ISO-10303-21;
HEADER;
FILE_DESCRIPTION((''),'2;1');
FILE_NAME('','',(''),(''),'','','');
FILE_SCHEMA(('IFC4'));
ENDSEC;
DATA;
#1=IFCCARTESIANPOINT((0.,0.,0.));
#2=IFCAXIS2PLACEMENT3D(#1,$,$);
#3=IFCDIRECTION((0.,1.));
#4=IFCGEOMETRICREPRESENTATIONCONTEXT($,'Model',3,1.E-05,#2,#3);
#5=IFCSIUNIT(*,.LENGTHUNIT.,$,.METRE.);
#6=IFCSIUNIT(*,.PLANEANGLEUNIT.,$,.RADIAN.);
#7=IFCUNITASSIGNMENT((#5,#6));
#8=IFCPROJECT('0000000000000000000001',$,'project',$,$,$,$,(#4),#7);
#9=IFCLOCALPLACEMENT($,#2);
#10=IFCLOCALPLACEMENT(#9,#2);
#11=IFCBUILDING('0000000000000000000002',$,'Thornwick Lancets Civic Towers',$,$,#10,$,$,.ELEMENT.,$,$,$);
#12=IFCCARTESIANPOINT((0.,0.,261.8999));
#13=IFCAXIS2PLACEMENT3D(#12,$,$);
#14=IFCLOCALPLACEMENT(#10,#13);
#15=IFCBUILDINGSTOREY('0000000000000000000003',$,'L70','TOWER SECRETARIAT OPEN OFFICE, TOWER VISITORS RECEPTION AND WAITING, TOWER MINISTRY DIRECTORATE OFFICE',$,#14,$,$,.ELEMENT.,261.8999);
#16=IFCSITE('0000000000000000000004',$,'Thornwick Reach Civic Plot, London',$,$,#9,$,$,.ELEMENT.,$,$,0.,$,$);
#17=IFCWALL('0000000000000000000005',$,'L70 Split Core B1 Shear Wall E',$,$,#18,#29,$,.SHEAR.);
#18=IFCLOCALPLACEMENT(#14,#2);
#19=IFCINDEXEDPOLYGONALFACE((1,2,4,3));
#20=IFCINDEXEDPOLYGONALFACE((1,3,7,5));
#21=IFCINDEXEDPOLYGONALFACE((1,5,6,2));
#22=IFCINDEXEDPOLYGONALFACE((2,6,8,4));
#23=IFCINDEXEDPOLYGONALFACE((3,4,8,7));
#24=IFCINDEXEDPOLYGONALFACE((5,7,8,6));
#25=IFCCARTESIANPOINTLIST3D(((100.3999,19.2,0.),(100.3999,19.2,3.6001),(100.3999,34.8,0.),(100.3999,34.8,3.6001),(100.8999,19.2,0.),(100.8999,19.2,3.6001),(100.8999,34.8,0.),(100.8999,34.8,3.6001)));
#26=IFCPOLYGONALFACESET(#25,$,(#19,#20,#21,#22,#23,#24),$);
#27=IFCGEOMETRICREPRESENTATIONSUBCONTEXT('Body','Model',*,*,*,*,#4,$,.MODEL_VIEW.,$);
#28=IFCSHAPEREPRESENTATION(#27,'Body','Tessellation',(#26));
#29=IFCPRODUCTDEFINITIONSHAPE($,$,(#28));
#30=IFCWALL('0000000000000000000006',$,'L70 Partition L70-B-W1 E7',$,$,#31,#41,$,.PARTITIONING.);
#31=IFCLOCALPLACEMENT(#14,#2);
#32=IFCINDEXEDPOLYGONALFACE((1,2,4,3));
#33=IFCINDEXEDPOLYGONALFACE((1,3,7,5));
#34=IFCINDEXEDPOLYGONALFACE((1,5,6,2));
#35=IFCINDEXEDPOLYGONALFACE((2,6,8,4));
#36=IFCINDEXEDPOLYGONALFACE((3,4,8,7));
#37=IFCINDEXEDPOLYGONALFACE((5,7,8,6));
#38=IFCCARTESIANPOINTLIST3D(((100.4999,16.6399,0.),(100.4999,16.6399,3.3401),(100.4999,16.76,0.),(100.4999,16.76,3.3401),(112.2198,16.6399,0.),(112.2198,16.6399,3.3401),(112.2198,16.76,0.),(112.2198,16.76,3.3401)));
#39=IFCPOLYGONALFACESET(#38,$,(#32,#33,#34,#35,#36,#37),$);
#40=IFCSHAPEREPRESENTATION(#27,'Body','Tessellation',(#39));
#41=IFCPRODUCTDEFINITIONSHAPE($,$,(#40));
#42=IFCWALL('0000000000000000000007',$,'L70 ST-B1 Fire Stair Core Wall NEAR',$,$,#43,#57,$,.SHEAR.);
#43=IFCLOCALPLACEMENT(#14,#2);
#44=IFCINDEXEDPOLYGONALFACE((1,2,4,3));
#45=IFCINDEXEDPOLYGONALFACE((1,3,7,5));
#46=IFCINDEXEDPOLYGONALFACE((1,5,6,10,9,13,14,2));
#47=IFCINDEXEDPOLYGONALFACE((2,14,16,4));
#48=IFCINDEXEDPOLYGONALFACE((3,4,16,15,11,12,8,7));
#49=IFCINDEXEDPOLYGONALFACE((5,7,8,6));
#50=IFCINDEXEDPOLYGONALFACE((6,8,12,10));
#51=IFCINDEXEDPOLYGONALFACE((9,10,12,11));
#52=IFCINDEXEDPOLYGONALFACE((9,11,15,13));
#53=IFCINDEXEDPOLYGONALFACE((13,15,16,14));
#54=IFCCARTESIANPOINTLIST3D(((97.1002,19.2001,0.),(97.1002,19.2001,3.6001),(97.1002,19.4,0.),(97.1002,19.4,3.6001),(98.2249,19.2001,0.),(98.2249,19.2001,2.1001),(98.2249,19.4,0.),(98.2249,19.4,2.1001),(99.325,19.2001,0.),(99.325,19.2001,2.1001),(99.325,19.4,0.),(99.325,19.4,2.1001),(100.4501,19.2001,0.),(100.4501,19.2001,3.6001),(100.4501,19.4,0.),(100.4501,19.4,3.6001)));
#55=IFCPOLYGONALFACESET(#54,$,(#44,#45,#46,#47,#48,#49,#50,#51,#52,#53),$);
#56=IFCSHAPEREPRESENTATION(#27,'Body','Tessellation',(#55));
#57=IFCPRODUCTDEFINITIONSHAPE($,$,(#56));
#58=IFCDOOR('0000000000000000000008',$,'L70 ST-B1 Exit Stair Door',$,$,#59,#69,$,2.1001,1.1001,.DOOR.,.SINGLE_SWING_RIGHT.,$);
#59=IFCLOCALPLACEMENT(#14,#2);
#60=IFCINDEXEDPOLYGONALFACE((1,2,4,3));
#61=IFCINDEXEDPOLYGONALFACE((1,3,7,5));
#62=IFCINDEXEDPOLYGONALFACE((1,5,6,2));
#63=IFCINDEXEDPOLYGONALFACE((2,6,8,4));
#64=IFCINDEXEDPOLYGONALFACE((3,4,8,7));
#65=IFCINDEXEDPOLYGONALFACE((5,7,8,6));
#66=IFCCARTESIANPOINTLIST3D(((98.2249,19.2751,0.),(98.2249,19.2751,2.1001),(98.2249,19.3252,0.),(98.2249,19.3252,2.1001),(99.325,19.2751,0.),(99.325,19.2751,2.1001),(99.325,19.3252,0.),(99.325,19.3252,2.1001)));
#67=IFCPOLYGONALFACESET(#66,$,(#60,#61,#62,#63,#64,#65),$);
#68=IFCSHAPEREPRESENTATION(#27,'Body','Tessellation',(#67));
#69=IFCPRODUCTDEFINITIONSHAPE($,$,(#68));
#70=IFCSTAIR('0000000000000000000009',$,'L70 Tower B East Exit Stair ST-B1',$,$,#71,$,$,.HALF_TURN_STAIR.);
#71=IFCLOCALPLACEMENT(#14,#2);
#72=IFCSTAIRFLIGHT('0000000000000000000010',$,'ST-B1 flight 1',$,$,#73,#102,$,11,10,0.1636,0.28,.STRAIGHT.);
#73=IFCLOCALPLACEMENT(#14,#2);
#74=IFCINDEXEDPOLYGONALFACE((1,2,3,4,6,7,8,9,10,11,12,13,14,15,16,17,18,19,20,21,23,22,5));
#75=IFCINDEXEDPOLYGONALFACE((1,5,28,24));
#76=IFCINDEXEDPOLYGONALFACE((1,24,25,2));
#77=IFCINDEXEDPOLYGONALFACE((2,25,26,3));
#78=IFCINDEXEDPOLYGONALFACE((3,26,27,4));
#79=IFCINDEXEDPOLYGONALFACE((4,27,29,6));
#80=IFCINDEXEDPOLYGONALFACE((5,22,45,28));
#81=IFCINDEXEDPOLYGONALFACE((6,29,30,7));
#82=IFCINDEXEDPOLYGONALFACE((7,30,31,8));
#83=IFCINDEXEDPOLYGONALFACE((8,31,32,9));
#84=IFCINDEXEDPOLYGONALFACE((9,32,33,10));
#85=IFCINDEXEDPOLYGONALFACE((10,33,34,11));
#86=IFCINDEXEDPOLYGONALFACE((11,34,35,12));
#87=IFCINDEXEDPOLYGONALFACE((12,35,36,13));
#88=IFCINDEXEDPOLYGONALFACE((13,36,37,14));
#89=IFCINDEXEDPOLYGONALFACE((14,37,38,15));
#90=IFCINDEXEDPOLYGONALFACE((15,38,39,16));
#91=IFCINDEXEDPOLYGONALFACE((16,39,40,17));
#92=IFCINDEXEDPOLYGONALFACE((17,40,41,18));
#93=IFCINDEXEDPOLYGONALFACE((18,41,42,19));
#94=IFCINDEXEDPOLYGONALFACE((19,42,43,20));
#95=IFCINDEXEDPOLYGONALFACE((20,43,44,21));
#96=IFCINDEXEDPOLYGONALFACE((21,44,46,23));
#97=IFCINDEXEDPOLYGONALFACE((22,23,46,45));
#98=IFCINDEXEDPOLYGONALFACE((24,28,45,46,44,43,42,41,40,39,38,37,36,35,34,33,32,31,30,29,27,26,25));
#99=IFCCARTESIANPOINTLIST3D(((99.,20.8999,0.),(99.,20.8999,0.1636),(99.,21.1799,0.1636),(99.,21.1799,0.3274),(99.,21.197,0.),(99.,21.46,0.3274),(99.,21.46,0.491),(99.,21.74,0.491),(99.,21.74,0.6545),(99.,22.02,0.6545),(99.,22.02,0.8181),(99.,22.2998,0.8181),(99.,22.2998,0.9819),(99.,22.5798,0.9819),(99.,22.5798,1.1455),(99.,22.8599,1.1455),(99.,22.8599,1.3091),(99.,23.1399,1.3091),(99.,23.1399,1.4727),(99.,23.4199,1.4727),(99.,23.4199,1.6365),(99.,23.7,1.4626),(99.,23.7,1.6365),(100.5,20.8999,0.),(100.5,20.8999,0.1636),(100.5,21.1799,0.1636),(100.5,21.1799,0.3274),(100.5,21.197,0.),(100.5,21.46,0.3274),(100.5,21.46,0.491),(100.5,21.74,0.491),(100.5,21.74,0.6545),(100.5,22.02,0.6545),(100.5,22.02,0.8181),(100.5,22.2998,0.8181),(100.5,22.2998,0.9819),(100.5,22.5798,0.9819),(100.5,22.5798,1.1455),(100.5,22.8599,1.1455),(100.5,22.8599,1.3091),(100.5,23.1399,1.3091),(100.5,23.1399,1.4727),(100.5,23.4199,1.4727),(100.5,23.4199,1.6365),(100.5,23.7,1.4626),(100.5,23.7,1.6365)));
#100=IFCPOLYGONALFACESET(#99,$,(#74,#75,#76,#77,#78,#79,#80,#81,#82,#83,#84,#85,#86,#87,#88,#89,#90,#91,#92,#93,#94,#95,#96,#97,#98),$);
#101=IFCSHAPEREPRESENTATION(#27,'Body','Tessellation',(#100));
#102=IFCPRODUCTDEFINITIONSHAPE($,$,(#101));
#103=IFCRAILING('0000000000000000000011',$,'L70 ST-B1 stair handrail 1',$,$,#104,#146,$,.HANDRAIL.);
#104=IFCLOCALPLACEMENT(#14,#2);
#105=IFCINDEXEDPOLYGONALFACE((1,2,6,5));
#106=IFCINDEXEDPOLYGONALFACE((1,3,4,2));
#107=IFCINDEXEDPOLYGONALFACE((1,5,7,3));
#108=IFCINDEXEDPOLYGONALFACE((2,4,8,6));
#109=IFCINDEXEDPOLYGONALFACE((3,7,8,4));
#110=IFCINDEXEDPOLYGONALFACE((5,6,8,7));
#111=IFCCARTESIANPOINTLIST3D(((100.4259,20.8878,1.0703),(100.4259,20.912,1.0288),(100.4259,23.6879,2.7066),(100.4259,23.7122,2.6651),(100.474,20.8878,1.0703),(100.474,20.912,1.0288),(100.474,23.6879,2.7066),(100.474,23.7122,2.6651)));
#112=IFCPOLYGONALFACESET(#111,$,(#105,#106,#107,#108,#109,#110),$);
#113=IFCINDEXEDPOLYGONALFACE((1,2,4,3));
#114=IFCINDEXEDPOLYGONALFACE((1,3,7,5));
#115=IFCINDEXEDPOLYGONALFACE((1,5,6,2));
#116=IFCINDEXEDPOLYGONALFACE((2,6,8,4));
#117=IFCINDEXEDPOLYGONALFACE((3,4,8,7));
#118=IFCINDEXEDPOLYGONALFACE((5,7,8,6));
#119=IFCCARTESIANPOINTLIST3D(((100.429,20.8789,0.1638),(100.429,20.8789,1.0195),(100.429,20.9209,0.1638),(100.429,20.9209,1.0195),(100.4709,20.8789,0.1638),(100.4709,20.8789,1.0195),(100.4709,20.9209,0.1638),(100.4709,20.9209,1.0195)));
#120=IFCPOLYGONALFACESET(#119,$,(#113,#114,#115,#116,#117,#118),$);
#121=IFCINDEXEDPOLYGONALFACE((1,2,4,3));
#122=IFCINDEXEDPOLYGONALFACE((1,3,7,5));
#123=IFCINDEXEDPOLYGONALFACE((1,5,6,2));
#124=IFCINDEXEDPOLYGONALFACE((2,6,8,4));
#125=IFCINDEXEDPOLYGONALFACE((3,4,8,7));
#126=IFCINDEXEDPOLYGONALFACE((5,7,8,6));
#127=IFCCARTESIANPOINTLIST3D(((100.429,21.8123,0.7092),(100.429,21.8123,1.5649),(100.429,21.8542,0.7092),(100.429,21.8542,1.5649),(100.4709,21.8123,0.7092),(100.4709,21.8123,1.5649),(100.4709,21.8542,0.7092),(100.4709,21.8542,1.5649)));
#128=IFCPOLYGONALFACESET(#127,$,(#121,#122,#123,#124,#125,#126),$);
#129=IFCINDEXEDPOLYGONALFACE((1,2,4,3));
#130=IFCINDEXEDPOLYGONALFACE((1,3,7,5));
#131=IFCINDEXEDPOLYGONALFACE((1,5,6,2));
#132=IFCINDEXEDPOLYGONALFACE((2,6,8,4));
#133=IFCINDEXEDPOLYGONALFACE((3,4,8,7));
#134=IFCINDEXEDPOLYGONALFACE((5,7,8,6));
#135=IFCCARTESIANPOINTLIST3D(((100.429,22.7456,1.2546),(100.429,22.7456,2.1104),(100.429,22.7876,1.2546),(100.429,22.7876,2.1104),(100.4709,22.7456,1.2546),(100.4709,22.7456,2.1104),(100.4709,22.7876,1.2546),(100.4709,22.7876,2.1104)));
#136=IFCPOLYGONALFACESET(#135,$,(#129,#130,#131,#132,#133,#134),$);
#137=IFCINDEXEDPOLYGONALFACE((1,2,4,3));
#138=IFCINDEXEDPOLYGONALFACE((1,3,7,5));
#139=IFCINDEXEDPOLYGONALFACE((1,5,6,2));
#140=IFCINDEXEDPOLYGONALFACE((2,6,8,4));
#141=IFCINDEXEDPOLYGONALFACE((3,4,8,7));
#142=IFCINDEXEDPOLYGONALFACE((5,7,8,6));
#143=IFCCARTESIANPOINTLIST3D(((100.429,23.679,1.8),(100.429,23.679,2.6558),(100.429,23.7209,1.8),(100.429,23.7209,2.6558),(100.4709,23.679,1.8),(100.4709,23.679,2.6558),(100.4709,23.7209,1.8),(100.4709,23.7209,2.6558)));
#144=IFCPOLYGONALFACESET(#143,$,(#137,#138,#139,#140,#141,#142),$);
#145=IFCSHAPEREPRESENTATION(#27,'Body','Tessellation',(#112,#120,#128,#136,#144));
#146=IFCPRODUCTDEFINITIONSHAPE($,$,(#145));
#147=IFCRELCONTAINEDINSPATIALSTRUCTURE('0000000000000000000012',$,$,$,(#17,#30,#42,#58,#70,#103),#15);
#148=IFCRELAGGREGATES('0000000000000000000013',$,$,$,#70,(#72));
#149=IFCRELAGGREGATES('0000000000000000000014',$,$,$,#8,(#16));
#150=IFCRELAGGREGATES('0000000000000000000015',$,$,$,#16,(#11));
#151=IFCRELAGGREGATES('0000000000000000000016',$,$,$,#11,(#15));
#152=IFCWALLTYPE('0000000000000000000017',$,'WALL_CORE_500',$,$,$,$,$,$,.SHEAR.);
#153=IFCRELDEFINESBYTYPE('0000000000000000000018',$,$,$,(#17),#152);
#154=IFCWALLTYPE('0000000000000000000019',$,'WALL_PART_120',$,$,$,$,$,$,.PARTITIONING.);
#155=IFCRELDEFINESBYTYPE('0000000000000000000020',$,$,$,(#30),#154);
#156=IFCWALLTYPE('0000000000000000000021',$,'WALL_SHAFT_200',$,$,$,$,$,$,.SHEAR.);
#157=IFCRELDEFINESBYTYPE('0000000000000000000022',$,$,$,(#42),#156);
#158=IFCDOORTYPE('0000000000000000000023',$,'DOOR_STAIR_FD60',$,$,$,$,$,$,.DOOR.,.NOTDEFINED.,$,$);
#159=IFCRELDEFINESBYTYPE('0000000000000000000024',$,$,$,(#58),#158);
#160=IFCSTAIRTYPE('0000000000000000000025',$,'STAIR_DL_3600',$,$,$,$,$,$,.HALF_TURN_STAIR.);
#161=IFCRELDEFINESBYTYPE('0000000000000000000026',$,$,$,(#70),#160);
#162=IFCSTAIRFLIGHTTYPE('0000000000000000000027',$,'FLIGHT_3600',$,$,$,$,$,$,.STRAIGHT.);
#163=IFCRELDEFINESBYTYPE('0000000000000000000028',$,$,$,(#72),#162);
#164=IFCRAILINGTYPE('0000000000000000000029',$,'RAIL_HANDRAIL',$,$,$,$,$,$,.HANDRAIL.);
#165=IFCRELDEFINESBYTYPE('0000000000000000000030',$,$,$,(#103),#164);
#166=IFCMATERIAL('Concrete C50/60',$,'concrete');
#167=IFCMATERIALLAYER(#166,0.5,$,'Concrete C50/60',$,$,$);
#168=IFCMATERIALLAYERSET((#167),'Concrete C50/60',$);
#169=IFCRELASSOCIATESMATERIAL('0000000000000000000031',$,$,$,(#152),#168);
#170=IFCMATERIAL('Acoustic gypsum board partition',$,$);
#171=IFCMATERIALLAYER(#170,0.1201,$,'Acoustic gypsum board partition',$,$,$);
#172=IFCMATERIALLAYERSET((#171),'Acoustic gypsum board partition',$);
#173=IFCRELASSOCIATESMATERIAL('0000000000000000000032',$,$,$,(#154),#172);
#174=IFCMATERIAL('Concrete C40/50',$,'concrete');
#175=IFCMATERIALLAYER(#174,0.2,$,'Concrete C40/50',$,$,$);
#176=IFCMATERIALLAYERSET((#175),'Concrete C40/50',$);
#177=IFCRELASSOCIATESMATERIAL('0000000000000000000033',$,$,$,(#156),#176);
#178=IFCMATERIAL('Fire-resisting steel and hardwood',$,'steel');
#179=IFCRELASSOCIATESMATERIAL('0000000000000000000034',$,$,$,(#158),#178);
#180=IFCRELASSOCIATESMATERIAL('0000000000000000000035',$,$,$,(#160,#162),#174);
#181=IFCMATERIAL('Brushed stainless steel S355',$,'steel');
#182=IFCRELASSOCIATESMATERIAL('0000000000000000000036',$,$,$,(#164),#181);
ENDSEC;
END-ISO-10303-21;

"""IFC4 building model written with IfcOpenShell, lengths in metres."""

from ifc_helpers import new_model, si_unit, direction, frame, frame_2d, origin, origin_2d, place, context, subcontext, project, spatial, polyline, rectangle, outline, extrude, material, layer, layer_set, type_object, element, fill, aggregate, save


model = new_model("IFC4")

# Units and contexts
model_context = context("Model", 3, precision=1e-05, world=origin(), true_north=direction((0.0, 1.0)))
body_context = subcontext(model_context, "Body", "Model", "MODEL_VIEW")
ifc_project = project(units=[si_unit("LENGTHUNIT", "METRE"), si_unit("PLANEANGLEUNIT", "RADIAN")], contexts=[model_context])

# Site, building, storey
site_placement = place(None, origin())
site = spatial("IfcSite", under=ifc_project, at=site_placement, Name="Thornwick Reach Civic Plot, London", CompositionType="ELEMENT", RefElevation=0.0)
building_placement = place(site_placement, origin())
building = spatial("IfcBuilding", under=site, at=building_placement, Name="Thornwick Lancets Civic Towers", CompositionType="ELEMENT")
storey_placement = place(building_placement, frame((0.0, 0.0, 261.8999)))
storey = spatial("IfcBuildingStorey", under=building, at=storey_placement, Name="L70", Description="TOWER SECRETARIAT OPEN OFFICE, TOWER VISITORS RECEPTION AND WAITING, TOWER MINISTRY DIRECTORATE OFFICE", CompositionType="ELEMENT", Elevation=261.8999)

# Shared definitions
ifc_material_1 = material(Name="Concrete C50/60", Category="concrete")

# Shared definitions
ifc_material_2 = material(Name="Concrete C40/50", Category="concrete")

# Walls
ifc_layer_1 = layer(ifc_material_1, 0.5, Name="Concrete C50/60")
ifc_layer_set_1 = layer_set([ifc_layer_1], Name="Concrete C50/60")
wall_type_1 = type_object("IfcWallType", Name="WALL_CORE_500", PredefinedType="SHEAR", material=ifc_layer_set_1)
wall_1_placement = place(storey_placement, frame((100.6499, 19.2, 0.0), z_axis=(0.0, 0.0, 1.0), x_axis=(0.0, 1.0, 0.0)))
element("IfcWall", 1, at=wall_1_placement, inside=storey, type_object=wall_type_1, Name="L70 Split Core B1 Shear Wall E", PredefinedType="SHEAR", context=body_context, shape_type="SweptSolid", body=[
    extrude(rectangle(XDim=15.6001, YDim=0.5, at=frame_2d((7.8, 0.0))), origin(), (0.0, 0.0, 1.0), 3.6001),
])
ifc_material_3 = material(Name="Acoustic gypsum board partition")
ifc_layer_2 = layer(ifc_material_3, 0.1201, Name="Acoustic gypsum board partition")
ifc_layer_set_2 = layer_set([ifc_layer_2], Name="Acoustic gypsum board partition")
wall_type_2 = type_object("IfcWallType", Name="WALL_PART_120", PredefinedType="PARTITIONING", material=ifc_layer_set_2)
wall_2_placement = place(storey_placement, frame((100.5, 16.7, 0.0), z_axis=(0.0, 0.0, 1.0), x_axis=(1.0, 0.0, 0.0)))
element("IfcWall", 2, at=wall_2_placement, inside=storey, type_object=wall_type_2, Name="L70 Partition L70-B-W1 E7", PredefinedType="PARTITIONING", context=body_context, shape_type="SweptSolid", body=[
    extrude(rectangle(XDim=11.72, YDim=0.1201, at=frame_2d((5.8599, 0.0))), origin(), (0.0, 0.0, 1.0), 3.3401),
])

# Wall, opening, door
ifc_layer_3 = layer(ifc_material_2, 0.2, Name="Concrete C40/50")
ifc_layer_set_3 = layer_set([ifc_layer_3], Name="Concrete C40/50")
wall_type_3 = type_object("IfcWallType", Name="WALL_SHAFT_200", PredefinedType="SHEAR", material=ifc_layer_set_3)
wall_3_placement = place(storey_placement, frame((100.45, 19.3, 0.0), z_axis=(0.0, 0.0, 1.0), x_axis=(-1.0, 0.0, 0.0)))
wall_3 = element("IfcWall", 3, at=wall_3_placement, inside=storey, type_object=wall_type_3, Name="L70 ST-B1 Fire Stair Core Wall NEAR", PredefinedType="SHEAR", context=body_context, shape_type="SweptSolid", body=[
    extrude(rectangle(XDim=3.3499, YDim=0.2, at=frame_2d((1.6748, 0.0))), origin(), (0.0, 0.0, 1.0), 3.6001),
])
opening_placement = place(wall_3_placement, frame((1.125, 0.0, 0.0)))
opening = element("IfcOpeningElement", 4, at=opening_placement, cuts=wall_3, PredefinedType="OPENING", context=body_context, shape_type="SweptSolid", body=[
    extrude(rectangle(XDim=1.1001, YDim=2.1001, at=frame_2d((0.55, 1.05))), frame((0.0, 0.1099, 0.0), z_axis=(0.0, -1.0, 0.0), x_axis=(1.0, 0.0, 0.0)), (0.0, 0.0, 1.0), 0.22),
])
ifc_material_4 = material(Name="Fire-resisting steel and hardwood", Category="steel")
door_type = type_object("IfcDoorType", Name="DOOR_STAIR_FD60", OperationType="NOTDEFINED", PredefinedType="DOOR", material=ifc_material_4)
door_placement = place(opening_placement, origin())
door = element("IfcDoor", 5, at=door_placement, inside=storey, type_object=door_type, Name="L70 ST-B1 Exit Stair Door", OperationType="SINGLE_SWING_RIGHT", OverallHeight=2.1001, OverallWidth=1.1001, PredefinedType="DOOR", context=body_context, shape_type="SweptSolid", body=[
    extrude(rectangle(XDim=1.1001, YDim=2.1001, at=frame_2d((0.55, 1.05))), frame((0.0, 0.0249, 0.0), z_axis=(0.0, -1.0, 0.0), x_axis=(1.0, 0.0, 0.0)), (0.0, 0.0, 1.0), 0.05),
])
fill(opening, door)

# Stair, stair flight
stair_type = type_object("IfcStairType", Name="STAIR_DL_3600", PredefinedType="HALF_TURN_STAIR", material=ifc_material_2)
stair_placement = place(storey_placement, origin())
stair = element("IfcStair", 6, at=stair_placement, inside=storey, type_object=stair_type, Name="L70 Tower B East Exit Stair ST-B1", PredefinedType="HALF_TURN_STAIR")
stair_flight_type = type_object("IfcStairFlightType", Name="FLIGHT_3600", PredefinedType="STRAIGHT", material=ifc_material_2)
stair_flight_placement = place(storey_placement, frame((99.75, 20.8999, 0.0), z_axis=(0.0, 0.0, 1.0), x_axis=(0.0, 1.0, 0.0)))
stair_flight = element("IfcStairFlight", 7, at=stair_flight_placement, type_object=stair_flight_type, Name="ST-B1 flight 1", NumberOfRisers=11, NumberOfTreads=10, PredefinedType="STRAIGHT", RiserHeight=0.1636, TreadLength=0.28, context=body_context, shape_type="SweptSolid", body=[
    extrude(outline(polyline([(0.0, 0.0), (0.0, 0.1636), (0.28, 0.1636), (0.28, 0.3274), (0.5601, 0.3274), (0.5601, 0.491), (0.8401, 0.491), (0.8401, 0.6545), (1.1201, 0.6545), (1.1201, 0.8181), (1.3999, 0.8181), (1.3999, 0.9819), (1.6799, 0.9819), (1.6799, 1.1455), (1.96, 1.1455), (1.96, 1.3091), (2.24, 1.3091), (2.24, 1.4727), (2.52, 1.4727), (2.52, 1.6365), (2.8, 1.6365), (2.8, 1.8), (2.8, 1.4626), (0.2971, 0.0), (0.0, 0.0)])), frame((0.0, 0.75, 0.0), z_axis=(0.0, -1.0, 0.0), x_axis=(1.0, 0.0, 0.0)), (0.0, 0.0, 1.0), 1.5),
])
aggregate(stair, [stair_flight])

# Railing
ifc_material_5 = material(Name="Brushed stainless steel S355", Category="steel")
railing_type_1 = type_object("IfcRailingType", Name="RAIL_HANDRAIL", PredefinedType="HANDRAIL", material=ifc_material_5)
railing_1_placement = place(storey_placement, frame((100.45, 20.8999, 0.1638)))
element("IfcRailing", 8, at=railing_1_placement, inside=storey, type_object=railing_type_1, Name="L70 ST-B1 stair handrail 1", PredefinedType="HANDRAIL", context=body_context, shape_type="SweptSolid", body=[
    extrude(rectangle(XDim=0.0481, YDim=0.0481, at=origin_2d()), frame((0.0, 0.0, 0.8857), z_axis=(0.0, 0.863394, 0.504531), x_axis=(-1.0, 0.0, 0.0)), (0.0, 0.0, 1.0), 3.2432),
    extrude(rectangle(XDim=0.042, YDim=0.042, at=origin_2d()), origin(), (0.0, 0.0, 1.0), 0.8557),
    extrude(rectangle(XDim=0.042, YDim=0.042, at=origin_2d()), frame((0.0, 0.9333, 0.5454)), (0.0, 0.0, 1.0), 0.8557),
    extrude(rectangle(XDim=0.042, YDim=0.042, at=origin_2d()), frame((0.0, 1.8667, 1.0908)), (0.0, 0.0, 1.0), 0.8557),
    extrude(rectangle(XDim=0.042, YDim=0.042, at=origin_2d()), frame((0.0, 2.8, 1.6362)), (0.0, 0.0, 1.0), 0.8557),
])

save(model, "model.ifc")
